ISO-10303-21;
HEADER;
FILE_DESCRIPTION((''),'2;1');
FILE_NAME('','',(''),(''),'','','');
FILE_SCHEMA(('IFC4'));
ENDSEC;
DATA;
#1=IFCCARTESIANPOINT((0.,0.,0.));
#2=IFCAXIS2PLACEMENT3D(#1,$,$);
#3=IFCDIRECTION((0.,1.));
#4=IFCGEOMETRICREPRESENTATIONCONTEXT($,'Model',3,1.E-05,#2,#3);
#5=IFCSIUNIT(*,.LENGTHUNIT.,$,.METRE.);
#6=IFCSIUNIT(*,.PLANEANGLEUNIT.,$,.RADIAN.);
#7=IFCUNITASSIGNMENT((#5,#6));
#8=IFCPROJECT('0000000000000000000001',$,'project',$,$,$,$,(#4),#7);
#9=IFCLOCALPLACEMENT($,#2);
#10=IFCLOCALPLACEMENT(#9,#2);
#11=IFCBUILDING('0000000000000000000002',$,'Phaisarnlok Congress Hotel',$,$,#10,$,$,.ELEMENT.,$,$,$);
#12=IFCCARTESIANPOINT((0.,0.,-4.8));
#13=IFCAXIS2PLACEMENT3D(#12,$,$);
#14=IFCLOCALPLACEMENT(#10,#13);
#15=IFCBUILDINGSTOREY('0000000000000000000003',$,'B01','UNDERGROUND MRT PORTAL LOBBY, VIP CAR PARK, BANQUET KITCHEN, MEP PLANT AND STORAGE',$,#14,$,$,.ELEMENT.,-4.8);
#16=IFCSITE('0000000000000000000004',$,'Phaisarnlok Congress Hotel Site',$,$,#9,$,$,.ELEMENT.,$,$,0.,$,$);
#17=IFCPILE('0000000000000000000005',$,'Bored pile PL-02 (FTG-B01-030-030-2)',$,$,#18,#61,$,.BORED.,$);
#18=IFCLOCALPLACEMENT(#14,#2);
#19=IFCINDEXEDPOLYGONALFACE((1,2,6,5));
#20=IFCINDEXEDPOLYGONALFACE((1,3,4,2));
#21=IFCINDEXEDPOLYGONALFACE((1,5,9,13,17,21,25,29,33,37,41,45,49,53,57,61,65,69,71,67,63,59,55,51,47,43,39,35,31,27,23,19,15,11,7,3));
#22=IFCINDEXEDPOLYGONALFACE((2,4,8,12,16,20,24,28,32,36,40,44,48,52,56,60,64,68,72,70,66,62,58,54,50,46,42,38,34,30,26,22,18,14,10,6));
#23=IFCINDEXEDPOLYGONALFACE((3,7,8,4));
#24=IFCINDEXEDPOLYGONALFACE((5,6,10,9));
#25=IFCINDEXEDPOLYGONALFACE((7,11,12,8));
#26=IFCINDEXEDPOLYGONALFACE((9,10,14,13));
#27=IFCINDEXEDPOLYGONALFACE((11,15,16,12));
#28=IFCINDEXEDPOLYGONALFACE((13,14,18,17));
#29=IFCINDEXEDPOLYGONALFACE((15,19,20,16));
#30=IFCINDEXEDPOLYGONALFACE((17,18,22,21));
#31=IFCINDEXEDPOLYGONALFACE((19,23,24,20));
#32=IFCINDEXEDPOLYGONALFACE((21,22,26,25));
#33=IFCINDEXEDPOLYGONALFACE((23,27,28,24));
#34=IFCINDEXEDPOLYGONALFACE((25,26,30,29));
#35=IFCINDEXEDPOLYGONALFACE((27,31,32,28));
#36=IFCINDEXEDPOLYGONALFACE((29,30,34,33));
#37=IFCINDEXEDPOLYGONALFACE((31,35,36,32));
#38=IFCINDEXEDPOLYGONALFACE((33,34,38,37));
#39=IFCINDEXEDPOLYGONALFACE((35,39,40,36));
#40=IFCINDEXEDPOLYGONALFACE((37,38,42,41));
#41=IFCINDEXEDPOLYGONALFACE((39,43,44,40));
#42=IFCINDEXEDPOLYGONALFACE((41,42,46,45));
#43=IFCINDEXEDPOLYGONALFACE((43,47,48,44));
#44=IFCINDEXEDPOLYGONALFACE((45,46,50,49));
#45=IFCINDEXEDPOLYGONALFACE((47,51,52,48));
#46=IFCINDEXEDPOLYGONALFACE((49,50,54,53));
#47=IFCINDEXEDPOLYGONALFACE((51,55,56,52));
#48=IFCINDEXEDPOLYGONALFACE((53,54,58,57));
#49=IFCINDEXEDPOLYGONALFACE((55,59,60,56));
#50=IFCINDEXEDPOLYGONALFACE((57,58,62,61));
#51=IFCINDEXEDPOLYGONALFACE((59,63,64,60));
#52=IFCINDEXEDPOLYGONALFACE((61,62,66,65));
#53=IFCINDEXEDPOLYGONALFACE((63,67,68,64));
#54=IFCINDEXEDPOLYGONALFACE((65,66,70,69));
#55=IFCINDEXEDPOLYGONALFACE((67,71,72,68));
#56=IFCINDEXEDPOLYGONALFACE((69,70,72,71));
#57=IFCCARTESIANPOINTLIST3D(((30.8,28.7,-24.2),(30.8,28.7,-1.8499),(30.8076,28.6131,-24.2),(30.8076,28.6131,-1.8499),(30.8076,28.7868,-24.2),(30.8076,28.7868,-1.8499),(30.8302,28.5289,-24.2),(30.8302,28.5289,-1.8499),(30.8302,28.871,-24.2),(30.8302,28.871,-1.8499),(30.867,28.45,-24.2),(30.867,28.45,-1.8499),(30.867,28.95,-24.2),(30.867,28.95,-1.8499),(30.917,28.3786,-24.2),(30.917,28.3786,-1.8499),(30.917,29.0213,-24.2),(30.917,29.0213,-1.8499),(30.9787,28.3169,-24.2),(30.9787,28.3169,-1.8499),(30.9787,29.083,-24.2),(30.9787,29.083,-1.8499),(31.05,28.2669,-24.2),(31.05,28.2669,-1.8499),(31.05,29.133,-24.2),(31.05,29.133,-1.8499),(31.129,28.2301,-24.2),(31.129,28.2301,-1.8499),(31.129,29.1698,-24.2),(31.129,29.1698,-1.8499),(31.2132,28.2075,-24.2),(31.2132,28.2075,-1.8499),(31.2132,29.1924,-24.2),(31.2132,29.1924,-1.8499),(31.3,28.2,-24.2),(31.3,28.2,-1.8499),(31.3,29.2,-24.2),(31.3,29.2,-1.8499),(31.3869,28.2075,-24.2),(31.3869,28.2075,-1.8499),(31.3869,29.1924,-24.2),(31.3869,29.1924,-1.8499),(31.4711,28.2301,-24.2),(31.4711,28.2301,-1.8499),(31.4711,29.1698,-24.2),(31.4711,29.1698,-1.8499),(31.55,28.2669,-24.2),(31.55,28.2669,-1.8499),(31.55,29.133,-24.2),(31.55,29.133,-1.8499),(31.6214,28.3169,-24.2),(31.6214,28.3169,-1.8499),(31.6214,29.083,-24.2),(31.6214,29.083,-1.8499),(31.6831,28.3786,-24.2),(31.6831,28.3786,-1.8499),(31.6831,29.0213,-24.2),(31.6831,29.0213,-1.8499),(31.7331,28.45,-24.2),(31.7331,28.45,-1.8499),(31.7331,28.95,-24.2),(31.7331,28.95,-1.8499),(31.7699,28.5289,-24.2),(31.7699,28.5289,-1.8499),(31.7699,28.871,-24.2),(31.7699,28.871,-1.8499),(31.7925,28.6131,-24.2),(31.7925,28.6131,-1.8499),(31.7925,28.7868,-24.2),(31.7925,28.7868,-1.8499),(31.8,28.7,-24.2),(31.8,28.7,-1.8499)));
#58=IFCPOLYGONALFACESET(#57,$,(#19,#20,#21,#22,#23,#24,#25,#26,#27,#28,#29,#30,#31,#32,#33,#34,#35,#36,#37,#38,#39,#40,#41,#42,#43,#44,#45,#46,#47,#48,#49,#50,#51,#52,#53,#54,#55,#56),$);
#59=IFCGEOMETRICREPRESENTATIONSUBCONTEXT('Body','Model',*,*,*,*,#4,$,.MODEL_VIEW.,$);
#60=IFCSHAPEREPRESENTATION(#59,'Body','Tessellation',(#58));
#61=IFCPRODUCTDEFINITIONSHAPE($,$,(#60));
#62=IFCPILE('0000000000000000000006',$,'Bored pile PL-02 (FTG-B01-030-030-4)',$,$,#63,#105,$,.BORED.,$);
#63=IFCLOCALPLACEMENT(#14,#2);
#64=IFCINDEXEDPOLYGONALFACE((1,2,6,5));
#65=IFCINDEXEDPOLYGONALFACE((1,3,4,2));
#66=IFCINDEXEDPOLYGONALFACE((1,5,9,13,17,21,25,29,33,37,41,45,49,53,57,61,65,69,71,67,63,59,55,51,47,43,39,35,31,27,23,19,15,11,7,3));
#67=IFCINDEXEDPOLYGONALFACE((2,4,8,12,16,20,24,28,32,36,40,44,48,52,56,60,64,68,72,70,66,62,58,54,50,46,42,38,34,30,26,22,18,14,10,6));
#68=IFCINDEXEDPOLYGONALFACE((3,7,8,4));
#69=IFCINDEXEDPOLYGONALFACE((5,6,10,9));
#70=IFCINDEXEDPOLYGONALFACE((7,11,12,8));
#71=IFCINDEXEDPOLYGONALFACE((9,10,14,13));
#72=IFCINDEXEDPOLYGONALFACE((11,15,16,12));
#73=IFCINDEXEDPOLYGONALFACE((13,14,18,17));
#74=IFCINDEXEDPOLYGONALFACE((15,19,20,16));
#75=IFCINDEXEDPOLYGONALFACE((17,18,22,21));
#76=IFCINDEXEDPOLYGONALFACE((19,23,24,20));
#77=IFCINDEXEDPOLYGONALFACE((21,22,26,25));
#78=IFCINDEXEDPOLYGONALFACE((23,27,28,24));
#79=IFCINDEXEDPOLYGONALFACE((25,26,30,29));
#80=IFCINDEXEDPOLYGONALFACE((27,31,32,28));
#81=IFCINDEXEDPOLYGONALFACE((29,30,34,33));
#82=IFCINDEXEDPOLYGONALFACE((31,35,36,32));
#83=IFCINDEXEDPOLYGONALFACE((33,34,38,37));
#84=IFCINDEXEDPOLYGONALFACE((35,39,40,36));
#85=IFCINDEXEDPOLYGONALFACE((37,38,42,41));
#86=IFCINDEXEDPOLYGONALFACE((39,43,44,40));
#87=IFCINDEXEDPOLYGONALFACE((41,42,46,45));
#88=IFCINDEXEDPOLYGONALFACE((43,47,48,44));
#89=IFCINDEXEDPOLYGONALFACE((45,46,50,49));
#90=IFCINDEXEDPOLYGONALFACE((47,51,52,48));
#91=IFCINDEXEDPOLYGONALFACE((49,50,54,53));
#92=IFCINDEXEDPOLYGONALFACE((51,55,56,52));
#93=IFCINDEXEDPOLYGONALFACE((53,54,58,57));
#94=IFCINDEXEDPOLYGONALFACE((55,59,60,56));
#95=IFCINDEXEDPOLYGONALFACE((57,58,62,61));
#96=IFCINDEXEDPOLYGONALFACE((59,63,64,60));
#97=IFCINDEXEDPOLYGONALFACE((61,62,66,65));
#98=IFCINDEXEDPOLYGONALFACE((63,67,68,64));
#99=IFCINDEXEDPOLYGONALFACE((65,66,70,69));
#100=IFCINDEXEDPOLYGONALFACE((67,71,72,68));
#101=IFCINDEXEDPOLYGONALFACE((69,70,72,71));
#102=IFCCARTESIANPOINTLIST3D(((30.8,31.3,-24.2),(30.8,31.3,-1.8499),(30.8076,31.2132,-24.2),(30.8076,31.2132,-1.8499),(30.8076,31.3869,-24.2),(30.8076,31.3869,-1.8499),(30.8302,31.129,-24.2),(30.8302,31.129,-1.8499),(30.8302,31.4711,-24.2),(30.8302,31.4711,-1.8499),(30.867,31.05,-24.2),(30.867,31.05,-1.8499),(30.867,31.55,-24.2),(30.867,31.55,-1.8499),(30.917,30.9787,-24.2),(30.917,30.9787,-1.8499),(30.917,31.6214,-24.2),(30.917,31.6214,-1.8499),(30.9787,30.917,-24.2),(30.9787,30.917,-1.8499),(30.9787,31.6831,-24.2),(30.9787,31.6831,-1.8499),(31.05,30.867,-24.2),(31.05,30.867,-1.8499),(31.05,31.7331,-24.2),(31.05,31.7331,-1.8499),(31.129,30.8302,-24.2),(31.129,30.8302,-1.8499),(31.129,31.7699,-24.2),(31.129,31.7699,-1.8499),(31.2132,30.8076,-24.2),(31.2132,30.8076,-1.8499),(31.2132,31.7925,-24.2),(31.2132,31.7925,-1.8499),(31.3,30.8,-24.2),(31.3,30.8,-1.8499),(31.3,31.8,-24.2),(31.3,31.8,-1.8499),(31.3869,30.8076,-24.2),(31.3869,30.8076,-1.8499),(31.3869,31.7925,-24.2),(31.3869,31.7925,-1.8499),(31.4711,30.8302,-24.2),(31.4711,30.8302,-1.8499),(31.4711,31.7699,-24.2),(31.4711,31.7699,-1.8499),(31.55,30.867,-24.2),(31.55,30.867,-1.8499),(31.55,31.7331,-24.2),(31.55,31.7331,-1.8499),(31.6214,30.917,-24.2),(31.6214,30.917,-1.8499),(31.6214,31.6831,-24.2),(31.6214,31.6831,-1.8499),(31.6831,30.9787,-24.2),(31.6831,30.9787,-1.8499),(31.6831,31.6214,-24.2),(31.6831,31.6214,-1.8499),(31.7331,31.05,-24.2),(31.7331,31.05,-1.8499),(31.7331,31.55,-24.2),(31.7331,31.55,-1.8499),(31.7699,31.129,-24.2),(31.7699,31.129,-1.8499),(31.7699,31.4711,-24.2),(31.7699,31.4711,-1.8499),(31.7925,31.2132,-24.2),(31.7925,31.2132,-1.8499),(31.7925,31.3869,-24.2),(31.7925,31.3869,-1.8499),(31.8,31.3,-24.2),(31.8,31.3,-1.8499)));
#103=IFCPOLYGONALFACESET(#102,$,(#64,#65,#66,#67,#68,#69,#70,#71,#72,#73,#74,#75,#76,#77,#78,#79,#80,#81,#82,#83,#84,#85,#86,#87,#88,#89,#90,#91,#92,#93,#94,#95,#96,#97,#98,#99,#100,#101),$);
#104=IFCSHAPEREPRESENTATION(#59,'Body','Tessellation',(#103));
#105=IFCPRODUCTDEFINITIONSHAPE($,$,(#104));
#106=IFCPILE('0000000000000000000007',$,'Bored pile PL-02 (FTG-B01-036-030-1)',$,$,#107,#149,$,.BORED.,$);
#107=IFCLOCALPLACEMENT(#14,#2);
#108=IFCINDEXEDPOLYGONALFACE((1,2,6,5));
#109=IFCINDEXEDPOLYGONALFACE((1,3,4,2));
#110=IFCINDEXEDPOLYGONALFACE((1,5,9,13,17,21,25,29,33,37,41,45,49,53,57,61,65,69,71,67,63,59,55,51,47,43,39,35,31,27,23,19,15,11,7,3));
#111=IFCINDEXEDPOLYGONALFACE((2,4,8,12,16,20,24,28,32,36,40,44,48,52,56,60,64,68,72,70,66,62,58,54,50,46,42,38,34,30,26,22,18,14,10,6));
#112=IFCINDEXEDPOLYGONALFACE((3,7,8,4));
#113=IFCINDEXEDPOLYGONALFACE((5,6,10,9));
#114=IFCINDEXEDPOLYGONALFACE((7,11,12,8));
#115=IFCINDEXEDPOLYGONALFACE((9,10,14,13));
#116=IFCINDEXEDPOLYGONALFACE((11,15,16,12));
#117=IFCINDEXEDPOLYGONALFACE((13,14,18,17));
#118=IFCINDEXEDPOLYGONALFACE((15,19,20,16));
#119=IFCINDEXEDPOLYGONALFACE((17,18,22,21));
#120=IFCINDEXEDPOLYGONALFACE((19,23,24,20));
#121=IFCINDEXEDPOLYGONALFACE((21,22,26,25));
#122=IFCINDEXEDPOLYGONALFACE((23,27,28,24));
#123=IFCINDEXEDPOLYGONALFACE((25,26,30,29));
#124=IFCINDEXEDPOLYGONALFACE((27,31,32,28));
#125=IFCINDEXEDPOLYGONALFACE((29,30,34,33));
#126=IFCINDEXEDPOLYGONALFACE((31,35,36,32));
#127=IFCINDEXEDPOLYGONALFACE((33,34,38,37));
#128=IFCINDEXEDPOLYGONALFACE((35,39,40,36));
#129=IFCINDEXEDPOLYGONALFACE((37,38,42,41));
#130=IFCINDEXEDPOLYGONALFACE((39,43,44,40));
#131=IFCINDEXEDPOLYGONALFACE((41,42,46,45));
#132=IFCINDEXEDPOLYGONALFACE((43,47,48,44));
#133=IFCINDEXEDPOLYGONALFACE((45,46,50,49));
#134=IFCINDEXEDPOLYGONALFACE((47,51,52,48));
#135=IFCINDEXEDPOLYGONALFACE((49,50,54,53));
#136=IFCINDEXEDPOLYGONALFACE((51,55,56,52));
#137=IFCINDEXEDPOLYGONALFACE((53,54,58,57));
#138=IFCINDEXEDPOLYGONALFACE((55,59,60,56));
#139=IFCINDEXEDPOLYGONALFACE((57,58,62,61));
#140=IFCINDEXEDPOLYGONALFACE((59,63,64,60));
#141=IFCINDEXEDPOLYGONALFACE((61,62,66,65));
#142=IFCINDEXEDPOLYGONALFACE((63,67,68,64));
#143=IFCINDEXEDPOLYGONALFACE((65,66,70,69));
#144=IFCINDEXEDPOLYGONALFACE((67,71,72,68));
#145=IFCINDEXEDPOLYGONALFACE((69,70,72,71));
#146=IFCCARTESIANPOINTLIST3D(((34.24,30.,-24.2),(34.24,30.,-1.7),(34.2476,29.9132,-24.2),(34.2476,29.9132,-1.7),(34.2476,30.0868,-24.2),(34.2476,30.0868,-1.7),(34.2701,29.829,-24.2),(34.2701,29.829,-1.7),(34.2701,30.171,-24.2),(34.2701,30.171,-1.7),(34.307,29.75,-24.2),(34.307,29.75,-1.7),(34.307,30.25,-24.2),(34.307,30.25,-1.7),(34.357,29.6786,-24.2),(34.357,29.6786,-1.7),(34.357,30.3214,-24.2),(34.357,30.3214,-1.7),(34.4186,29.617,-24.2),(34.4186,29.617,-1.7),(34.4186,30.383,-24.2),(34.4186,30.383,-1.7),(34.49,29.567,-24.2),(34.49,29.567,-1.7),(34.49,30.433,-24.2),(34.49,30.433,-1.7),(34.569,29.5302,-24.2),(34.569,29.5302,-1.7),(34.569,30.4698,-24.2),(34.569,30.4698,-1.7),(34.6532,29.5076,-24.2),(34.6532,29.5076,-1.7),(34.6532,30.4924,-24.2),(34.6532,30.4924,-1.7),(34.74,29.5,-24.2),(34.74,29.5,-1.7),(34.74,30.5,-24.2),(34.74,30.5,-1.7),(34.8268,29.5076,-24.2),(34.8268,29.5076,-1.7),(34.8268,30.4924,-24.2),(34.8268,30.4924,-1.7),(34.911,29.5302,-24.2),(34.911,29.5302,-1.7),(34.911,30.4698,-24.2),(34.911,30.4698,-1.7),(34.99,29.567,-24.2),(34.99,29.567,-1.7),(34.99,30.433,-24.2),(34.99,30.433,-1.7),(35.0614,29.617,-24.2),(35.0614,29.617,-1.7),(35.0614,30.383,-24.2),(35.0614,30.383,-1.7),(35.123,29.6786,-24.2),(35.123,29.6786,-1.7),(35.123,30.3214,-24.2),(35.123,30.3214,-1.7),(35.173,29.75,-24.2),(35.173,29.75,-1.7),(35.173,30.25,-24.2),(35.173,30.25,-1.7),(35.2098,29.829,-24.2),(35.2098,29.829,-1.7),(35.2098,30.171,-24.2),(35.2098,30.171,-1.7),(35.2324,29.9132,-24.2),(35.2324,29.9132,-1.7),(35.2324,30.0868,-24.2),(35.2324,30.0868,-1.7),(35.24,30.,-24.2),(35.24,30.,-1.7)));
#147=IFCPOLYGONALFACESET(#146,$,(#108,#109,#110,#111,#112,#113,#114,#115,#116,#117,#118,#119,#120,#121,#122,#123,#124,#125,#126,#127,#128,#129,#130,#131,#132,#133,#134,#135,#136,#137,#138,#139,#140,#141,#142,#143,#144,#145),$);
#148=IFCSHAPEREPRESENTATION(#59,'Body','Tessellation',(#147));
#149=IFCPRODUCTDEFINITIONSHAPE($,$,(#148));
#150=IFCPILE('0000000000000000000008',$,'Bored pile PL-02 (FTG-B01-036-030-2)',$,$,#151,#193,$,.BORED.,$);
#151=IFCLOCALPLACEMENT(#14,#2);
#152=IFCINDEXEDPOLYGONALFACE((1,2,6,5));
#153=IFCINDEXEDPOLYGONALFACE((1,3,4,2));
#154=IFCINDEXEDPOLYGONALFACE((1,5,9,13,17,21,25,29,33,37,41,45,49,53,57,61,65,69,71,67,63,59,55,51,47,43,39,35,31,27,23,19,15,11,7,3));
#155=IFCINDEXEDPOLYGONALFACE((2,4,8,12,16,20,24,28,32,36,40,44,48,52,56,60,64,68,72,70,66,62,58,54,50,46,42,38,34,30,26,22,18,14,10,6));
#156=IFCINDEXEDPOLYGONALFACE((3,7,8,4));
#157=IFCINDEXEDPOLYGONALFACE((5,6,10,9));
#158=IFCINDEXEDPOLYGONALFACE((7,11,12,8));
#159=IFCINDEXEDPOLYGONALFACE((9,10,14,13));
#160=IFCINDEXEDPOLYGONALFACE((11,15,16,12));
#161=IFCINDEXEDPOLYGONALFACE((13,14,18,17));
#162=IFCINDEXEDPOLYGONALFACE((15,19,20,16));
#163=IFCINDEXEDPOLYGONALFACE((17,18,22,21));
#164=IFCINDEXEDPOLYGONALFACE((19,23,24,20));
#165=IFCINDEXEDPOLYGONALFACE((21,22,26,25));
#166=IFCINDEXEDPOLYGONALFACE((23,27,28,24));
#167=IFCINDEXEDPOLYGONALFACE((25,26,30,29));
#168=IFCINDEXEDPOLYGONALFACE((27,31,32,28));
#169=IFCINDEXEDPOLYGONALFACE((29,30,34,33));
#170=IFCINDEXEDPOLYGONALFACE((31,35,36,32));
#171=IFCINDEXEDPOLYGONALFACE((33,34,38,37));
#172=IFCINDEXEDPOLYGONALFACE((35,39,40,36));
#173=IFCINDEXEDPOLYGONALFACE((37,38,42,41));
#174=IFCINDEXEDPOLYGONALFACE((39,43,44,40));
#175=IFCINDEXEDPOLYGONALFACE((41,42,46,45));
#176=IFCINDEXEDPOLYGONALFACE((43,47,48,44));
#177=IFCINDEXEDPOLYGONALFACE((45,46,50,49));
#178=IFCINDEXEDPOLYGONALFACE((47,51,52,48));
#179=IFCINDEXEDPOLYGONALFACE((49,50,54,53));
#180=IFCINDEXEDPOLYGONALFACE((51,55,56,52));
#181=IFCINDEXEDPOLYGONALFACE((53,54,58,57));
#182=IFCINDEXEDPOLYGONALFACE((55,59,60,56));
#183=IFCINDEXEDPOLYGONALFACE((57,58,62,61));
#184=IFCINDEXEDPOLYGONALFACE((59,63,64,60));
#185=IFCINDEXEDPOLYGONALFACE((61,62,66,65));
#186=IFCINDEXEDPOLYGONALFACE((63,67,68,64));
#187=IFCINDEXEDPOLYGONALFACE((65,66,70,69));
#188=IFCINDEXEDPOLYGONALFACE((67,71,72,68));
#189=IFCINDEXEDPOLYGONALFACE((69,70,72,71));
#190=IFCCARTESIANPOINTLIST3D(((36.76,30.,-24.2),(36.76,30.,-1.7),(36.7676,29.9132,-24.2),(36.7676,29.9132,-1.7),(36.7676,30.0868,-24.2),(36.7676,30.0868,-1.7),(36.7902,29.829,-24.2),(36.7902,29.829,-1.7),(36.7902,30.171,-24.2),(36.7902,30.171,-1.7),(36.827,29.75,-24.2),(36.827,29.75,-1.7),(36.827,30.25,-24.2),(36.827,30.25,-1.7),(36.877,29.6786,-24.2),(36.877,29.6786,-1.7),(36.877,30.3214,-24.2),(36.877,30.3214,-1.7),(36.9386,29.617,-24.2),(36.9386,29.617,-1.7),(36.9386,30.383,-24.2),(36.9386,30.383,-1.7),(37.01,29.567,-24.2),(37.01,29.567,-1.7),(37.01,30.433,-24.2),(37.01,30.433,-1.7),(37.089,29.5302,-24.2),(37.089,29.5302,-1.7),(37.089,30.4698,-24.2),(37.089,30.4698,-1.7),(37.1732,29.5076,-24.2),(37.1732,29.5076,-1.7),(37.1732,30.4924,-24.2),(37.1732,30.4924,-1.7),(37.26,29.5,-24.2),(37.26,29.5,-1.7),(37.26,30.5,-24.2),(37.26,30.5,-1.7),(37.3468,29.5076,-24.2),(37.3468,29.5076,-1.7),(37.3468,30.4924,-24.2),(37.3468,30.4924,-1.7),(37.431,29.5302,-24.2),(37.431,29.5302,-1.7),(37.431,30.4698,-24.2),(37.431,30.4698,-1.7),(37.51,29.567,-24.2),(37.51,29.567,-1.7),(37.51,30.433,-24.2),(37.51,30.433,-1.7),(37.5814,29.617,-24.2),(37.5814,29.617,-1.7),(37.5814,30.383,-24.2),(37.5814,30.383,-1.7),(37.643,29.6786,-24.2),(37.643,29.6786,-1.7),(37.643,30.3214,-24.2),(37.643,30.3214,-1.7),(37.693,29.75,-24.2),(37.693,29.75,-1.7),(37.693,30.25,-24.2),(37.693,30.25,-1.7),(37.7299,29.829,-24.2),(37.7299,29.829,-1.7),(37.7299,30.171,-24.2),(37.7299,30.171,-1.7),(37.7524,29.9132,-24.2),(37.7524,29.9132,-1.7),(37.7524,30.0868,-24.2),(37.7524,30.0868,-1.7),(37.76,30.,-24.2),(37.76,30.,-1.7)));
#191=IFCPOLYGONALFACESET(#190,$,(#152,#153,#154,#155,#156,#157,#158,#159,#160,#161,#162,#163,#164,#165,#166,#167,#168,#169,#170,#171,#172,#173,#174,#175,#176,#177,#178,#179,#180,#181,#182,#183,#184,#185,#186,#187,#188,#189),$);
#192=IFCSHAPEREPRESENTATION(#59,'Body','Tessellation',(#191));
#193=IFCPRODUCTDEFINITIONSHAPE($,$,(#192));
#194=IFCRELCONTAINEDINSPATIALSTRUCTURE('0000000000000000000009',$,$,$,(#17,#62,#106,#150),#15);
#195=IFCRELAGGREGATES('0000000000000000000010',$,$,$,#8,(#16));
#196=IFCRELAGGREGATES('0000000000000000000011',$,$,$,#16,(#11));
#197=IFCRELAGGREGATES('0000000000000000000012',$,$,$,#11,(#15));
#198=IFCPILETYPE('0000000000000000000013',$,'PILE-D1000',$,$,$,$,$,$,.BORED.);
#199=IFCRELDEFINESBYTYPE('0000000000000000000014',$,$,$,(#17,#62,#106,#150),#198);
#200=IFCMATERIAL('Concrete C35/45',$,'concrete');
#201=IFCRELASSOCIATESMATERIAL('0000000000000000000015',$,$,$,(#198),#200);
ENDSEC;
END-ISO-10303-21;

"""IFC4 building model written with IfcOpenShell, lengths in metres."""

from ifc_helpers import new_model, si_unit, direction, frame, origin, origin_2d, place, context, subcontext, project, spatial, circle, extrude, material, material_profile, profile_set, type_object, element, save


model = new_model("IFC4")

# Units and contexts
model_context = context("Model", 3, precision=1e-05, world=origin(), true_north=direction((0.0, 1.0)))
body_context = subcontext(model_context, "Body", "Model", "MODEL_VIEW")
ifc_project = project(units=[si_unit("LENGTHUNIT", "METRE"), si_unit("PLANEANGLEUNIT", "RADIAN")], contexts=[model_context])

# Site, building, storey
site_placement = place(None, origin())
site = spatial("IfcSite", under=ifc_project, at=site_placement, Name="Phaisarnlok Congress Hotel Site", CompositionType="ELEMENT", RefElevation=0.0)
building_placement = place(site_placement, origin())
building = spatial("IfcBuilding", under=site, at=building_placement, Name="Phaisarnlok Congress Hotel", CompositionType="ELEMENT")
storey_placement = place(building_placement, frame((0.0, 0.0, -4.8)))
storey = spatial("IfcBuildingStorey", under=building, at=storey_placement, Name="B01", Description="UNDERGROUND MRT PORTAL LOBBY, VIP CAR PARK, BANQUET KITCHEN, MEP PLANT AND STORAGE", CompositionType="ELEMENT", Elevation=-4.8)

# Piles
ifc_material_1 = material(Name="Concrete C35/45", Category="concrete")
ifc_material_profile_1 = material_profile(ifc_material_1, circle(Radius=0.5, at=origin_2d()), Name="BORED PILE D1000")
ifc_profile_set_1 = profile_set([ifc_material_profile_1], Name="Concrete C35/45")
pile_type_1 = type_object("IfcPileType", Name="PILE-D1000", PredefinedType="BORED", material=ifc_profile_set_1)
for number, where, z_axis, x_axis, name in (
    (1, (31.3, 28.7, -1.8499), (0.0, 0.0, -1.0), (1.0, 0.0, 0.0), "Bored pile PL-02 (FTG-B01-030-030-2)"),
    (2, (31.3, 31.3, -1.8499), (0.0, 0.0, -1.0), (1.0, 0.0, 0.0), "Bored pile PL-02 (FTG-B01-030-030-4)"),
):
    element("IfcPile", number, at=place(storey_placement, frame(where, z_axis=z_axis, x_axis=x_axis)), inside=storey, type_object=pile_type_1, Name=name, PredefinedType="BORED", context=body_context, shape_type="SweptSolid", body=[
        extrude(circle(Radius=0.5, at=origin_2d()), origin(), (0.0, 0.0, 1.0), 22.3501),
    ])
for number, where, z_axis, x_axis, name in (
    (3, (34.74, 30.0, -1.7), (0.0, 0.0, -1.0), (1.0, 0.0, 0.0), "Bored pile PL-02 (FTG-B01-036-030-1)"),
    (4, (37.26, 30.0, -1.7), (0.0, 0.0, -1.0), (1.0, 0.0, 0.0), "Bored pile PL-02 (FTG-B01-036-030-2)"),
):
    element("IfcPile", number, at=place(storey_placement, frame(where, z_axis=z_axis, x_axis=x_axis)), inside=storey, type_object=pile_type_1, Name=name, PredefinedType="BORED", context=body_context, shape_type="SweptSolid", body=[
        extrude(circle(Radius=0.5, at=origin_2d()), origin(), (0.0, 0.0, 1.0), 22.5),
    ])

save(model, "model.ifc")
